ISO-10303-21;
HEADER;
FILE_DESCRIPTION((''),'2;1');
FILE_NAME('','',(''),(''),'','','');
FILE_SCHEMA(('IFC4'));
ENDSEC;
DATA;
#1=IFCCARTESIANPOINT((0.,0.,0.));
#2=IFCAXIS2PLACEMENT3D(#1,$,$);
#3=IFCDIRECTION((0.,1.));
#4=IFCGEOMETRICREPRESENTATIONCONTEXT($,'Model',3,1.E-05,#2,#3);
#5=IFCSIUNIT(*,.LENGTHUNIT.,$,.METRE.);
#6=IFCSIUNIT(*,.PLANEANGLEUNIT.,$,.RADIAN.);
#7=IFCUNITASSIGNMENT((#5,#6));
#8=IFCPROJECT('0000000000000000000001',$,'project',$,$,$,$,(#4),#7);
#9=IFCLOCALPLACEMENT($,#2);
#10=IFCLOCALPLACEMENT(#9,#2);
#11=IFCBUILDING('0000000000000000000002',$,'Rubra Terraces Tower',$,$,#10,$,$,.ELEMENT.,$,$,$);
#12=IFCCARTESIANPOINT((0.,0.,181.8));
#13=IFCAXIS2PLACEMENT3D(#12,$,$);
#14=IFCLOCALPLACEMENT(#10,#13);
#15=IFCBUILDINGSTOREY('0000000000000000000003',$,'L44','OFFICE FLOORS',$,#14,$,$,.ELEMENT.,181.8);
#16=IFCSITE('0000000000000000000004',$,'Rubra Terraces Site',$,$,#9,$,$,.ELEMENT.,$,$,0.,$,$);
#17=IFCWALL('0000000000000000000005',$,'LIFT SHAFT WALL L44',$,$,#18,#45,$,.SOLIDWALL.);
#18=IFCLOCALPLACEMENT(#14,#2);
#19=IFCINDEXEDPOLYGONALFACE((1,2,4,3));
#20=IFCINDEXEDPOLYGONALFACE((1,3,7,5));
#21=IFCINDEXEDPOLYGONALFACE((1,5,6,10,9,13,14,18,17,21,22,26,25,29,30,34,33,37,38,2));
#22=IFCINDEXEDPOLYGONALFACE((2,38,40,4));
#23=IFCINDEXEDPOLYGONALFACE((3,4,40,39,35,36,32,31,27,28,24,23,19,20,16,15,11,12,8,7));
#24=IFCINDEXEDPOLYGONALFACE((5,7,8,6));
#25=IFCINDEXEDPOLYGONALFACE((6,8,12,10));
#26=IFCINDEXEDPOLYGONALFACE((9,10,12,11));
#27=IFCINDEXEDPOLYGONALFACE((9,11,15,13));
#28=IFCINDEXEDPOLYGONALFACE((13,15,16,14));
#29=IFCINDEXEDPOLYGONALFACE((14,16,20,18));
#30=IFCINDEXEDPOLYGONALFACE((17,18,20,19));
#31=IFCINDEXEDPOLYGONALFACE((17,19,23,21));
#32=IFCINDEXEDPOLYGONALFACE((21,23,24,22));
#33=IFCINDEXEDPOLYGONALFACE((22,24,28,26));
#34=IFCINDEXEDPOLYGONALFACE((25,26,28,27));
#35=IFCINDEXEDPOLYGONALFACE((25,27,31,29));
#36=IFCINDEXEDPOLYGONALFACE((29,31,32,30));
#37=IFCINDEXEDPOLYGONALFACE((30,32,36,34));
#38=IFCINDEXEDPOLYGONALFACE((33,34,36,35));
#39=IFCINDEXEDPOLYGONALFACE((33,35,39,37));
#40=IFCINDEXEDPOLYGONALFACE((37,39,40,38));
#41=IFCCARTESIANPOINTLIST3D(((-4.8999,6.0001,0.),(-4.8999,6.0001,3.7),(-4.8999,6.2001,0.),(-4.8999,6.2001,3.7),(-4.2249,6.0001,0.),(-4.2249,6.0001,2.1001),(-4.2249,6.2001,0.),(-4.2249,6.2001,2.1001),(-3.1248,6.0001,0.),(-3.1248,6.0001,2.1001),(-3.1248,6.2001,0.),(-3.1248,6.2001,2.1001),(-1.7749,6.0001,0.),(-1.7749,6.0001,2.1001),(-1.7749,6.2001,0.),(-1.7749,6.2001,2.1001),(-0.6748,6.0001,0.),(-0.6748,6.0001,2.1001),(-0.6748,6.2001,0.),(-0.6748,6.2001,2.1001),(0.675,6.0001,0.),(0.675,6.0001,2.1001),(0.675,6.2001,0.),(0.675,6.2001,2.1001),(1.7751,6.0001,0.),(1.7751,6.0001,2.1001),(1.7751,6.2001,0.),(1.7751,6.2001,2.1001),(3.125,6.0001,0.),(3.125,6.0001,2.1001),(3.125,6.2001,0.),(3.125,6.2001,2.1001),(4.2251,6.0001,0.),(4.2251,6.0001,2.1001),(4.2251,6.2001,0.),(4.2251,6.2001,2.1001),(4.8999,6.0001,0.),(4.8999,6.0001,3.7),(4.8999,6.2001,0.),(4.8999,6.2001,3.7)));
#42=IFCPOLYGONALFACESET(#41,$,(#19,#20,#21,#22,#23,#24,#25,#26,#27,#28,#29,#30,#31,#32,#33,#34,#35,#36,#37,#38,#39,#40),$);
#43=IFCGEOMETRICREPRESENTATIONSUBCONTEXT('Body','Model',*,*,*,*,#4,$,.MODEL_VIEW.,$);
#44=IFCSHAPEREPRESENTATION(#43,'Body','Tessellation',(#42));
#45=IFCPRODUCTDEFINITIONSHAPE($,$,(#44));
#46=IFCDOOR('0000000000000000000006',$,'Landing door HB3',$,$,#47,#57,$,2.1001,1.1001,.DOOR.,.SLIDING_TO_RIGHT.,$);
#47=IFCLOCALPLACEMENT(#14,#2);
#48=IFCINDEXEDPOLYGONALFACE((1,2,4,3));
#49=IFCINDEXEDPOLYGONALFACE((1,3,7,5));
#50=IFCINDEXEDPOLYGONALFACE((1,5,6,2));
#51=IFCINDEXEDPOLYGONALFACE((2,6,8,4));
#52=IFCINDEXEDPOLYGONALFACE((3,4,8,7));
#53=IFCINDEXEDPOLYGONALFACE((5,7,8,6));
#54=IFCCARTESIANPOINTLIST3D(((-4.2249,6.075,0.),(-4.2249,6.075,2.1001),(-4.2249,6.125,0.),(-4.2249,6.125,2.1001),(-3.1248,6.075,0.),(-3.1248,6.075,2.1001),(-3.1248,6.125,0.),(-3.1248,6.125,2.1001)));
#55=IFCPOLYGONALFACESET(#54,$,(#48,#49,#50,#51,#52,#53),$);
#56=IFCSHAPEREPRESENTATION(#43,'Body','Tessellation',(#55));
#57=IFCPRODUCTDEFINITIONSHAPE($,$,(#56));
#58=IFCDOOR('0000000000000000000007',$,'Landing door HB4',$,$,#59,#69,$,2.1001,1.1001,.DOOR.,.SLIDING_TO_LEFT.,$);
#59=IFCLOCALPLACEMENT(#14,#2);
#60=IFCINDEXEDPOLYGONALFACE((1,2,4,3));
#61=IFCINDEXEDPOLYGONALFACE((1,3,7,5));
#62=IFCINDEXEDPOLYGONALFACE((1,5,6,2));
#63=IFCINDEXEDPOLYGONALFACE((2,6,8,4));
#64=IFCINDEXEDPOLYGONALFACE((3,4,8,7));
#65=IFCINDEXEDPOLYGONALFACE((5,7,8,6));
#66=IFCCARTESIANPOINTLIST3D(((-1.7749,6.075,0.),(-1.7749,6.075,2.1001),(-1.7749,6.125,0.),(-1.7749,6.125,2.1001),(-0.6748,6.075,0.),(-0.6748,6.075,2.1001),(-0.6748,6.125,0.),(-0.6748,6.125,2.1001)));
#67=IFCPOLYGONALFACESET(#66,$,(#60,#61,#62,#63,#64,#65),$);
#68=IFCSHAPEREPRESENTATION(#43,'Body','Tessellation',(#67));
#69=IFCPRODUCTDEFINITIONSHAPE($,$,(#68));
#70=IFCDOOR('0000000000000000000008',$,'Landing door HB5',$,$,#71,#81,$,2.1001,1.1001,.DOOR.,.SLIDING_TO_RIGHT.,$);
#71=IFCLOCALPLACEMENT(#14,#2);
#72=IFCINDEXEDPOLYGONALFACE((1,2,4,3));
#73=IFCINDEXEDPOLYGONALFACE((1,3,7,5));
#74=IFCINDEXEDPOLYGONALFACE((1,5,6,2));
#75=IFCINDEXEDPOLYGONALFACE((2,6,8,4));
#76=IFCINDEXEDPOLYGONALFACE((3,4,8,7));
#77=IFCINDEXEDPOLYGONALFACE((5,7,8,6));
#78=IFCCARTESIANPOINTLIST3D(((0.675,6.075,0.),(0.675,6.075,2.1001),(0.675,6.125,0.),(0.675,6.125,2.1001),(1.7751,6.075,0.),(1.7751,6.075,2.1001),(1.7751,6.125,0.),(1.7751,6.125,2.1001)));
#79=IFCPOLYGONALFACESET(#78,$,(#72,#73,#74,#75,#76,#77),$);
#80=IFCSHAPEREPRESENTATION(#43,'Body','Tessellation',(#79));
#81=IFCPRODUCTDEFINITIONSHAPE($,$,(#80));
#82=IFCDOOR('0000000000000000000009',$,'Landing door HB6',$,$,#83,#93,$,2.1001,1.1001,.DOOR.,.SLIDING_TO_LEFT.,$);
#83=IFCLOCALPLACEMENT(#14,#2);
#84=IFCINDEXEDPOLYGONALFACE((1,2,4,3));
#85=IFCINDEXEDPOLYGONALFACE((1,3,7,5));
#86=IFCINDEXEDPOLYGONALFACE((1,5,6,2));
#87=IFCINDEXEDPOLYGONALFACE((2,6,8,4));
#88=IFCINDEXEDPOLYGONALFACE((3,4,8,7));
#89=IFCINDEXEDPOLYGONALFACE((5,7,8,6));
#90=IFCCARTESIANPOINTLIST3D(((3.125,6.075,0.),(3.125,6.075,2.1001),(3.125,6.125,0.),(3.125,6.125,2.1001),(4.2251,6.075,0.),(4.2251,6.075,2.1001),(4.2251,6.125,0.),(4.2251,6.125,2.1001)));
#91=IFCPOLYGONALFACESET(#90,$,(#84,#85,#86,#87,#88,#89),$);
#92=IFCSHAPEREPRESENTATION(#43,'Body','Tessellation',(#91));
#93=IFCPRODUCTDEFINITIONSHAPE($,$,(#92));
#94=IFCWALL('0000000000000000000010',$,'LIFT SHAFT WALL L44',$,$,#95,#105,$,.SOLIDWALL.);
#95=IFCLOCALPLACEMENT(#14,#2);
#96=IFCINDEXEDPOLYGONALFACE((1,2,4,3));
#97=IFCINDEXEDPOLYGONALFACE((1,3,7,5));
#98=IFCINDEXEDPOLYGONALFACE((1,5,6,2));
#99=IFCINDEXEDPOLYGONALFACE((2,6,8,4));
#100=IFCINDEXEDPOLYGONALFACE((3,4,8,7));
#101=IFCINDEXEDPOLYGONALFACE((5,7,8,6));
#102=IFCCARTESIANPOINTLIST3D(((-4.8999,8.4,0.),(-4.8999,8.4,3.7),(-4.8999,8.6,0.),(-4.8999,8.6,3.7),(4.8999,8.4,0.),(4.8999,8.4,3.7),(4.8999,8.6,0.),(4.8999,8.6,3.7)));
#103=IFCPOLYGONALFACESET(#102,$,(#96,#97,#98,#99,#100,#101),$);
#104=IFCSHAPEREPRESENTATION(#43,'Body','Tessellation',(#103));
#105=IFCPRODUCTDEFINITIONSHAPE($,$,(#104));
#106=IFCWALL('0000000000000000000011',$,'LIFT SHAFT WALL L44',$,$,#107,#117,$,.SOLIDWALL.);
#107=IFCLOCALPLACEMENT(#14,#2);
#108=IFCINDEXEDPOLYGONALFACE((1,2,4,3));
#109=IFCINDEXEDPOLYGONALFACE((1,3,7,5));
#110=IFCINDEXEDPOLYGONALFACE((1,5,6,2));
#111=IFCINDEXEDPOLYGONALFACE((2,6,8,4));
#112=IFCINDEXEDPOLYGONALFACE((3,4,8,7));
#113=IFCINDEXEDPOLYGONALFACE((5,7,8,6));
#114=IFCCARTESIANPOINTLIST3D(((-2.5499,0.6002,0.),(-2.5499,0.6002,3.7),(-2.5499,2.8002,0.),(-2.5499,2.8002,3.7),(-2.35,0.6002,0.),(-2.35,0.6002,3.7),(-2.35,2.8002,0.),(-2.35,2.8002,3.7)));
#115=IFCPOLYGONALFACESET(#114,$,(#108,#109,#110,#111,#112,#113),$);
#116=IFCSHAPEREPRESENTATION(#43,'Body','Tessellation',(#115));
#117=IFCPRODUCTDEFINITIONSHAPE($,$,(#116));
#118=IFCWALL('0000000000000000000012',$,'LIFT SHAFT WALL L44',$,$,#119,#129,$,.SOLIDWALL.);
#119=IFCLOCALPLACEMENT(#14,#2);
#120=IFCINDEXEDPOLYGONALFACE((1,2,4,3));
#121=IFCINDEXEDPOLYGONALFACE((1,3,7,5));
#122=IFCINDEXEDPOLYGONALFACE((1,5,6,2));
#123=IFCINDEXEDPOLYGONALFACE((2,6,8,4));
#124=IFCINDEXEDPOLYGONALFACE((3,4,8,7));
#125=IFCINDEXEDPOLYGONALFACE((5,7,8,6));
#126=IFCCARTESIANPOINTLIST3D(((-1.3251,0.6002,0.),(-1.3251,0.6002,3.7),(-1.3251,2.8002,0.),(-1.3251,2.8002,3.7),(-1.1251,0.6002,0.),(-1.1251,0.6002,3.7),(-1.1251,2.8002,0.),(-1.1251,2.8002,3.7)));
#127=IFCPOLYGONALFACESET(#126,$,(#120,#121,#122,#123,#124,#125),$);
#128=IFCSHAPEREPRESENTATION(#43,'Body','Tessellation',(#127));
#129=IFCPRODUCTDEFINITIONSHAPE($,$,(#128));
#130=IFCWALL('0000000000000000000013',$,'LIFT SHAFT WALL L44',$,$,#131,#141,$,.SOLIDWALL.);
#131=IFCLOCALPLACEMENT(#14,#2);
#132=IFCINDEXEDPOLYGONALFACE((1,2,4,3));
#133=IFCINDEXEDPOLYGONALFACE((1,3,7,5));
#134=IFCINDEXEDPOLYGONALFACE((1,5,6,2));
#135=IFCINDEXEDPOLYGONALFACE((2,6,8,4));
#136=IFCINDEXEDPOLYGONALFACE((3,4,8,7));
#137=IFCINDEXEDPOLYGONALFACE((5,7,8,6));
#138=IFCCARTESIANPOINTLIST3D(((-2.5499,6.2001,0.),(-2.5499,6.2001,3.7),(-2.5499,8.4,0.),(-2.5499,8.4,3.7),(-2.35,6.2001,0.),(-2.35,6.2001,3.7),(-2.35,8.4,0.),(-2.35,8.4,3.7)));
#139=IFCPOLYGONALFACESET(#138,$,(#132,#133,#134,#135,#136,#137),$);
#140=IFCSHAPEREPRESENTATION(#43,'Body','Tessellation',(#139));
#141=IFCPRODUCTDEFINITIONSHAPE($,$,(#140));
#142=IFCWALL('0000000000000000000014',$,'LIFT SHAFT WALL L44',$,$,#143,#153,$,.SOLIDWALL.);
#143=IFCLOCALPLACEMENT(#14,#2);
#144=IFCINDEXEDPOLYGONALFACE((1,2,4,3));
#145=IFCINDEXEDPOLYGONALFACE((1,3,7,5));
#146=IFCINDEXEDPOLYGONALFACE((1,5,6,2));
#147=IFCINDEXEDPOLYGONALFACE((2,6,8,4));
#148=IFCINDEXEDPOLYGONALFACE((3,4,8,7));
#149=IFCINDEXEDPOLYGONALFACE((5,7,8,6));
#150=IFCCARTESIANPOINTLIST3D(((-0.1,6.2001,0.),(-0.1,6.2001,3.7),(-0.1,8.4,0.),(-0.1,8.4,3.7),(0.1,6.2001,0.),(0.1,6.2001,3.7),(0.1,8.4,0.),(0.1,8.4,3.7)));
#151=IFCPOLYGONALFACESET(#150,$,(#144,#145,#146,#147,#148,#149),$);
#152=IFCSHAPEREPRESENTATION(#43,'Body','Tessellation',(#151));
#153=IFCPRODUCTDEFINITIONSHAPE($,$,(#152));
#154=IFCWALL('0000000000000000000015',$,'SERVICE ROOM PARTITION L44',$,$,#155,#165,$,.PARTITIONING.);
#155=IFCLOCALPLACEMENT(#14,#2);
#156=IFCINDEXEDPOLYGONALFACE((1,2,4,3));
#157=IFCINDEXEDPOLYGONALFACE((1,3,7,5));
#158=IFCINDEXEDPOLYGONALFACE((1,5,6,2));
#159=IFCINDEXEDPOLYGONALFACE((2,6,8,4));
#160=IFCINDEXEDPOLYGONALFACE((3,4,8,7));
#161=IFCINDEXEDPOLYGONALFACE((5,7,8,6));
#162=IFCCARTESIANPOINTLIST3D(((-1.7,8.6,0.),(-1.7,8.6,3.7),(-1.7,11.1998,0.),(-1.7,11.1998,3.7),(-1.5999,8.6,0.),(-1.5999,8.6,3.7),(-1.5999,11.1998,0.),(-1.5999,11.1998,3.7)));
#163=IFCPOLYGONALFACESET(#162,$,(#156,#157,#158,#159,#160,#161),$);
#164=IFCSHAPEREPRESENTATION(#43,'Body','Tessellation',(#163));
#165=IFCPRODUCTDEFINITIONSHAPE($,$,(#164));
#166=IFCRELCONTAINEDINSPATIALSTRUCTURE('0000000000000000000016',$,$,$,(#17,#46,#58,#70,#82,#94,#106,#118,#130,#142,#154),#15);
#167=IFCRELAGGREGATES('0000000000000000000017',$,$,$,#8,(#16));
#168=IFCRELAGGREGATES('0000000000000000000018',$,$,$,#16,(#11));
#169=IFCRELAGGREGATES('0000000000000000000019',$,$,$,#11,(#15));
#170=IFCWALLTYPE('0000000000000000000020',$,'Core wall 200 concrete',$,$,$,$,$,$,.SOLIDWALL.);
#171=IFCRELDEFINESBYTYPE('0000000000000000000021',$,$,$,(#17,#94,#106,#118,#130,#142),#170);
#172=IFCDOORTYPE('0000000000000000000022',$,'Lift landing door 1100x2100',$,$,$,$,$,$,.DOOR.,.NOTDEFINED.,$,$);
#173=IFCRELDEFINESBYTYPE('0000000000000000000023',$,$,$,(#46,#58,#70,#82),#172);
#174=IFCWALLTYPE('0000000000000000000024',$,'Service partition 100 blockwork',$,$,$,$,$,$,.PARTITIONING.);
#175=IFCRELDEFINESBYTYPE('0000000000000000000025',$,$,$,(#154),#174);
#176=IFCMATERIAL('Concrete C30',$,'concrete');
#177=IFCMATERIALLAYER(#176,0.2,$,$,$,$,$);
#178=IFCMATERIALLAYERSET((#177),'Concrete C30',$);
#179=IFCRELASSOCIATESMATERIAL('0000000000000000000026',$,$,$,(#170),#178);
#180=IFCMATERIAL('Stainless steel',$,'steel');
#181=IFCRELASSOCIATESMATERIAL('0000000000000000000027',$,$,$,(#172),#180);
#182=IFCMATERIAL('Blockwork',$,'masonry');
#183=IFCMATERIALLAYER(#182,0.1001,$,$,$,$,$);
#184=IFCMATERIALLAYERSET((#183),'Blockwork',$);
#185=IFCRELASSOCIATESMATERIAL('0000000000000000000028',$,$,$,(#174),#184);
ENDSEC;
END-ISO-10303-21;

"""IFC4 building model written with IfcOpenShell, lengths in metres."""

from ifc_helpers import new_model, si_unit, direction, frame, frame_2d, origin, place, context, subcontext, project, spatial, rectangle, extrude, material, layer, layer_set, type_object, element, fill, save


model = new_model("IFC4")

# Units and contexts
model_context = context("Model", 3, precision=1e-05, world=origin(), true_north=direction((0.0, 1.0)))
body_context = subcontext(model_context, "Body", "Model", "MODEL_VIEW")
ifc_project = project(units=[si_unit("LENGTHUNIT", "METRE"), si_unit("PLANEANGLEUNIT", "RADIAN")], contexts=[model_context])

# Site, building, storey
site_placement = place(None, origin())
site = spatial("IfcSite", under=ifc_project, at=site_placement, Name="Rubra Terraces Site", CompositionType="ELEMENT", RefElevation=0.0)
building_placement = place(site_placement, origin())
building = spatial("IfcBuilding", under=site, at=building_placement, Name="Rubra Terraces Tower", CompositionType="ELEMENT")
storey_placement = place(building_placement, frame((0.0, 0.0, 181.8)))
storey = spatial("IfcBuildingStorey", under=building, at=storey_placement, Name="L44", Description="OFFICE FLOORS", CompositionType="ELEMENT", Elevation=181.8)

# Shared definitions
ifc_material_1 = material(Name="Concrete C30", Category="concrete")
ifc_layer_1 = layer(ifc_material_1, 0.2)
ifc_layer_set_1 = layer_set([ifc_layer_1], Name="Concrete C30")
wall_type_1 = type_object("IfcWallType", Name="Core wall 200 concrete", PredefinedType="SOLIDWALL", material=ifc_layer_set_1)

# Wall, openings, doors
ifc_material_2 = material(Name="Stainless steel", Category="steel")
door_type_1 = type_object("IfcDoorType", Name="Lift landing door 1100x2100", OperationType="NOTDEFINED", PredefinedType="DOOR", material=ifc_material_2)
wall_1_placement = place(storey_placement, frame((-4.8999, 6.1001, 0.0), z_axis=(0.0, 0.0, 1.0), x_axis=(1.0, 0.0, 0.0)))
wall_1 = element("IfcWall", 1, at=wall_1_placement, inside=storey, type_object=wall_type_1, Name="LIFT SHAFT WALL L44", PredefinedType="SOLIDWALL", context=body_context, shape_type="SweptSolid", body=[
    extrude(rectangle(XDim=9.7998, YDim=0.2, at=frame_2d((4.8999, 0.0))), origin(), (0.0, 0.0, 1.0), 3.7),
])
opening_1_placement = place(wall_1_placement, frame((0.675, 0.0, 0.0)))
opening_1 = element("IfcOpeningElement", 2, at=opening_1_placement, cuts=wall_1, PredefinedType="OPENING", context=body_context, shape_type="SweptSolid", body=[
    extrude(rectangle(XDim=1.1001, YDim=2.1001, at=frame_2d((0.55, 1.05))), frame((0.0, 0.1099, 0.0), z_axis=(0.0, -1.0, 0.0), x_axis=(1.0, 0.0, 0.0)), (0.0, 0.0, 1.0), 0.22),
])
opening_2_placement = place(wall_1_placement, frame((3.125, 0.0, 0.0)))
opening_2 = element("IfcOpeningElement", 3, at=opening_2_placement, cuts=wall_1, PredefinedType="OPENING", context=body_context, shape_type="SweptSolid", body=[
    extrude(rectangle(XDim=1.1001, YDim=2.1001, at=frame_2d((0.55, 1.05))), frame((0.0, 0.1099, 0.0), z_axis=(0.0, -1.0, 0.0), x_axis=(1.0, 0.0, 0.0)), (0.0, 0.0, 1.0), 0.22),
])
opening_3_placement = place(wall_1_placement, frame((5.575, 0.0, 0.0)))
opening_3 = element("IfcOpeningElement", 4, at=opening_3_placement, cuts=wall_1, PredefinedType="OPENING", context=body_context, shape_type="SweptSolid", body=[
    extrude(rectangle(XDim=1.1001, YDim=2.1001, at=frame_2d((0.55, 1.05))), frame((0.0, 0.1099, 0.0), z_axis=(0.0, -1.0, 0.0), x_axis=(1.0, 0.0, 0.0)), (0.0, 0.0, 1.0), 0.22),
])
opening_4_placement = place(wall_1_placement, frame((8.0249, 0.0, 0.0)))
opening_4 = element("IfcOpeningElement", 5, at=opening_4_placement, cuts=wall_1, PredefinedType="OPENING", context=body_context, shape_type="SweptSolid", body=[
    extrude(rectangle(XDim=1.1001, YDim=2.1001, at=frame_2d((0.55, 1.05))), frame((0.0, 0.1099, 0.0), z_axis=(0.0, -1.0, 0.0), x_axis=(1.0, 0.0, 0.0)), (0.0, 0.0, 1.0), 0.22),
])
door_1_placement = place(opening_1_placement, origin())
door_1 = element("IfcDoor", 6, at=door_1_placement, inside=storey, type_object=door_type_1, Name="Landing door HB3", OperationType="SLIDING_TO_RIGHT", OverallHeight=2.1001, OverallWidth=1.1001, PredefinedType="DOOR", context=body_context, shape_type="SweptSolid", body=[
    extrude(rectangle(XDim=1.1001, YDim=2.1001, at=frame_2d((0.55, 1.05))), frame((0.0, 0.0249, 0.0), z_axis=(0.0, -1.0, 0.0), x_axis=(1.0, 0.0, 0.0)), (0.0, 0.0, 1.0), 0.05),
])
fill(opening_1, door_1)
door_2_placement = place(opening_2_placement, origin())
door_2 = element("IfcDoor", 7, at=door_2_placement, inside=storey, type_object=door_type_1, Name="Landing door HB4", OperationType="SLIDING_TO_LEFT", OverallHeight=2.1001, OverallWidth=1.1001, PredefinedType="DOOR", context=body_context, shape_type="SweptSolid", body=[
    extrude(rectangle(XDim=1.1001, YDim=2.1001, at=frame_2d((0.55, 1.05))), frame((0.0, 0.0249, 0.0), z_axis=(0.0, -1.0, 0.0), x_axis=(1.0, 0.0, 0.0)), (0.0, 0.0, 1.0), 0.05),
])
fill(opening_2, door_2)
door_3_placement = place(opening_3_placement, origin())
door_3 = element("IfcDoor", 8, at=door_3_placement, inside=storey, type_object=door_type_1, Name="Landing door HB5", OperationType="SLIDING_TO_RIGHT", OverallHeight=2.1001, OverallWidth=1.1001, PredefinedType="DOOR", context=body_context, shape_type="SweptSolid", body=[
    extrude(rectangle(XDim=1.1001, YDim=2.1001, at=frame_2d((0.55, 1.05))), frame((0.0, 0.0249, 0.0), z_axis=(0.0, -1.0, 0.0), x_axis=(1.0, 0.0, 0.0)), (0.0, 0.0, 1.0), 0.05),
])
fill(opening_3, door_3)
door_4_placement = place(opening_4_placement, origin())
door_4 = element("IfcDoor", 9, at=door_4_placement, inside=storey, type_object=door_type_1, Name="Landing door HB6", OperationType="SLIDING_TO_LEFT", OverallHeight=2.1001, OverallWidth=1.1001, PredefinedType="DOOR", context=body_context, shape_type="SweptSolid", body=[
    extrude(rectangle(XDim=1.1001, YDim=2.1001, at=frame_2d((0.55, 1.05))), frame((0.0, 0.0249, 0.0), z_axis=(0.0, -1.0, 0.0), x_axis=(1.0, 0.0, 0.0)), (0.0, 0.0, 1.0), 0.05),
])
fill(opening_4, door_4)

# Walls
wall_2_placement = place(storey_placement, frame((-4.8999, 8.5, 0.0), z_axis=(0.0, 0.0, 1.0), x_axis=(1.0, 0.0, 0.0)))
element("IfcWall", 10, at=wall_2_placement, inside=storey, type_object=wall_type_1, Name="LIFT SHAFT WALL L44", PredefinedType="SOLIDWALL", context=body_context, shape_type="SweptSolid", body=[
    extrude(rectangle(XDim=9.7998, YDim=0.2, at=frame_2d((4.8999, 0.0))), origin(), (0.0, 0.0, 1.0), 3.7),
])
for number, where, z_axis, x_axis, name in (
    (11, (-2.45, 0.6001, 0.0), (0.0, 0.0, 1.0), (0.0, 1.0, 0.0), "LIFT SHAFT WALL L44"),
    (12, (-1.2251, 0.6001, 0.0), (0.0, 0.0, 1.0), (0.0, 1.0, 0.0), "LIFT SHAFT WALL L44"),
    (13, (-2.45, 6.2, 0.0), (0.0, 0.0, 1.0), (0.0, 1.0, 0.0), "LIFT SHAFT WALL L44"),
    (14, (0.0, 6.2, 0.0), (0.0, 0.0, 1.0), (0.0, 1.0, 0.0), "LIFT SHAFT WALL L44"),
):
    element("IfcWall", number, at=place(storey_placement, frame(where, z_axis=z_axis, x_axis=x_axis)), inside=storey, type_object=wall_type_1, Name=name, PredefinedType="SOLIDWALL", context=body_context, shape_type="SweptSolid", body=[
        extrude(rectangle(XDim=2.2, YDim=0.2, at=frame_2d((1.1001, 0.0))), origin(), (0.0, 0.0, 1.0), 3.7),
    ])
ifc_material_3 = material(Name="Blockwork", Category="masonry")
ifc_layer_2 = layer(ifc_material_3, 0.1001)
ifc_layer_set_2 = layer_set([ifc_layer_2], Name="Blockwork")
wall_type_2 = type_object("IfcWallType", Name="Service partition 100 blockwork", PredefinedType="PARTITIONING", material=ifc_layer_set_2)
wall_3_placement = place(storey_placement, frame((-1.6499, 8.6001, 0.0), z_axis=(0.0, 0.0, 1.0), x_axis=(0.0, 1.0, 0.0)))
element("IfcWall", 15, at=wall_3_placement, inside=storey, type_object=wall_type_2, Name="SERVICE ROOM PARTITION L44", PredefinedType="PARTITIONING", context=body_context, shape_type="SweptSolid", body=[
    extrude(rectangle(XDim=2.5999, YDim=0.1001, at=frame_2d((1.2998, 0.0))), origin(), (0.0, 0.0, 1.0), 3.7),
])

save(model, "model.ifc")
